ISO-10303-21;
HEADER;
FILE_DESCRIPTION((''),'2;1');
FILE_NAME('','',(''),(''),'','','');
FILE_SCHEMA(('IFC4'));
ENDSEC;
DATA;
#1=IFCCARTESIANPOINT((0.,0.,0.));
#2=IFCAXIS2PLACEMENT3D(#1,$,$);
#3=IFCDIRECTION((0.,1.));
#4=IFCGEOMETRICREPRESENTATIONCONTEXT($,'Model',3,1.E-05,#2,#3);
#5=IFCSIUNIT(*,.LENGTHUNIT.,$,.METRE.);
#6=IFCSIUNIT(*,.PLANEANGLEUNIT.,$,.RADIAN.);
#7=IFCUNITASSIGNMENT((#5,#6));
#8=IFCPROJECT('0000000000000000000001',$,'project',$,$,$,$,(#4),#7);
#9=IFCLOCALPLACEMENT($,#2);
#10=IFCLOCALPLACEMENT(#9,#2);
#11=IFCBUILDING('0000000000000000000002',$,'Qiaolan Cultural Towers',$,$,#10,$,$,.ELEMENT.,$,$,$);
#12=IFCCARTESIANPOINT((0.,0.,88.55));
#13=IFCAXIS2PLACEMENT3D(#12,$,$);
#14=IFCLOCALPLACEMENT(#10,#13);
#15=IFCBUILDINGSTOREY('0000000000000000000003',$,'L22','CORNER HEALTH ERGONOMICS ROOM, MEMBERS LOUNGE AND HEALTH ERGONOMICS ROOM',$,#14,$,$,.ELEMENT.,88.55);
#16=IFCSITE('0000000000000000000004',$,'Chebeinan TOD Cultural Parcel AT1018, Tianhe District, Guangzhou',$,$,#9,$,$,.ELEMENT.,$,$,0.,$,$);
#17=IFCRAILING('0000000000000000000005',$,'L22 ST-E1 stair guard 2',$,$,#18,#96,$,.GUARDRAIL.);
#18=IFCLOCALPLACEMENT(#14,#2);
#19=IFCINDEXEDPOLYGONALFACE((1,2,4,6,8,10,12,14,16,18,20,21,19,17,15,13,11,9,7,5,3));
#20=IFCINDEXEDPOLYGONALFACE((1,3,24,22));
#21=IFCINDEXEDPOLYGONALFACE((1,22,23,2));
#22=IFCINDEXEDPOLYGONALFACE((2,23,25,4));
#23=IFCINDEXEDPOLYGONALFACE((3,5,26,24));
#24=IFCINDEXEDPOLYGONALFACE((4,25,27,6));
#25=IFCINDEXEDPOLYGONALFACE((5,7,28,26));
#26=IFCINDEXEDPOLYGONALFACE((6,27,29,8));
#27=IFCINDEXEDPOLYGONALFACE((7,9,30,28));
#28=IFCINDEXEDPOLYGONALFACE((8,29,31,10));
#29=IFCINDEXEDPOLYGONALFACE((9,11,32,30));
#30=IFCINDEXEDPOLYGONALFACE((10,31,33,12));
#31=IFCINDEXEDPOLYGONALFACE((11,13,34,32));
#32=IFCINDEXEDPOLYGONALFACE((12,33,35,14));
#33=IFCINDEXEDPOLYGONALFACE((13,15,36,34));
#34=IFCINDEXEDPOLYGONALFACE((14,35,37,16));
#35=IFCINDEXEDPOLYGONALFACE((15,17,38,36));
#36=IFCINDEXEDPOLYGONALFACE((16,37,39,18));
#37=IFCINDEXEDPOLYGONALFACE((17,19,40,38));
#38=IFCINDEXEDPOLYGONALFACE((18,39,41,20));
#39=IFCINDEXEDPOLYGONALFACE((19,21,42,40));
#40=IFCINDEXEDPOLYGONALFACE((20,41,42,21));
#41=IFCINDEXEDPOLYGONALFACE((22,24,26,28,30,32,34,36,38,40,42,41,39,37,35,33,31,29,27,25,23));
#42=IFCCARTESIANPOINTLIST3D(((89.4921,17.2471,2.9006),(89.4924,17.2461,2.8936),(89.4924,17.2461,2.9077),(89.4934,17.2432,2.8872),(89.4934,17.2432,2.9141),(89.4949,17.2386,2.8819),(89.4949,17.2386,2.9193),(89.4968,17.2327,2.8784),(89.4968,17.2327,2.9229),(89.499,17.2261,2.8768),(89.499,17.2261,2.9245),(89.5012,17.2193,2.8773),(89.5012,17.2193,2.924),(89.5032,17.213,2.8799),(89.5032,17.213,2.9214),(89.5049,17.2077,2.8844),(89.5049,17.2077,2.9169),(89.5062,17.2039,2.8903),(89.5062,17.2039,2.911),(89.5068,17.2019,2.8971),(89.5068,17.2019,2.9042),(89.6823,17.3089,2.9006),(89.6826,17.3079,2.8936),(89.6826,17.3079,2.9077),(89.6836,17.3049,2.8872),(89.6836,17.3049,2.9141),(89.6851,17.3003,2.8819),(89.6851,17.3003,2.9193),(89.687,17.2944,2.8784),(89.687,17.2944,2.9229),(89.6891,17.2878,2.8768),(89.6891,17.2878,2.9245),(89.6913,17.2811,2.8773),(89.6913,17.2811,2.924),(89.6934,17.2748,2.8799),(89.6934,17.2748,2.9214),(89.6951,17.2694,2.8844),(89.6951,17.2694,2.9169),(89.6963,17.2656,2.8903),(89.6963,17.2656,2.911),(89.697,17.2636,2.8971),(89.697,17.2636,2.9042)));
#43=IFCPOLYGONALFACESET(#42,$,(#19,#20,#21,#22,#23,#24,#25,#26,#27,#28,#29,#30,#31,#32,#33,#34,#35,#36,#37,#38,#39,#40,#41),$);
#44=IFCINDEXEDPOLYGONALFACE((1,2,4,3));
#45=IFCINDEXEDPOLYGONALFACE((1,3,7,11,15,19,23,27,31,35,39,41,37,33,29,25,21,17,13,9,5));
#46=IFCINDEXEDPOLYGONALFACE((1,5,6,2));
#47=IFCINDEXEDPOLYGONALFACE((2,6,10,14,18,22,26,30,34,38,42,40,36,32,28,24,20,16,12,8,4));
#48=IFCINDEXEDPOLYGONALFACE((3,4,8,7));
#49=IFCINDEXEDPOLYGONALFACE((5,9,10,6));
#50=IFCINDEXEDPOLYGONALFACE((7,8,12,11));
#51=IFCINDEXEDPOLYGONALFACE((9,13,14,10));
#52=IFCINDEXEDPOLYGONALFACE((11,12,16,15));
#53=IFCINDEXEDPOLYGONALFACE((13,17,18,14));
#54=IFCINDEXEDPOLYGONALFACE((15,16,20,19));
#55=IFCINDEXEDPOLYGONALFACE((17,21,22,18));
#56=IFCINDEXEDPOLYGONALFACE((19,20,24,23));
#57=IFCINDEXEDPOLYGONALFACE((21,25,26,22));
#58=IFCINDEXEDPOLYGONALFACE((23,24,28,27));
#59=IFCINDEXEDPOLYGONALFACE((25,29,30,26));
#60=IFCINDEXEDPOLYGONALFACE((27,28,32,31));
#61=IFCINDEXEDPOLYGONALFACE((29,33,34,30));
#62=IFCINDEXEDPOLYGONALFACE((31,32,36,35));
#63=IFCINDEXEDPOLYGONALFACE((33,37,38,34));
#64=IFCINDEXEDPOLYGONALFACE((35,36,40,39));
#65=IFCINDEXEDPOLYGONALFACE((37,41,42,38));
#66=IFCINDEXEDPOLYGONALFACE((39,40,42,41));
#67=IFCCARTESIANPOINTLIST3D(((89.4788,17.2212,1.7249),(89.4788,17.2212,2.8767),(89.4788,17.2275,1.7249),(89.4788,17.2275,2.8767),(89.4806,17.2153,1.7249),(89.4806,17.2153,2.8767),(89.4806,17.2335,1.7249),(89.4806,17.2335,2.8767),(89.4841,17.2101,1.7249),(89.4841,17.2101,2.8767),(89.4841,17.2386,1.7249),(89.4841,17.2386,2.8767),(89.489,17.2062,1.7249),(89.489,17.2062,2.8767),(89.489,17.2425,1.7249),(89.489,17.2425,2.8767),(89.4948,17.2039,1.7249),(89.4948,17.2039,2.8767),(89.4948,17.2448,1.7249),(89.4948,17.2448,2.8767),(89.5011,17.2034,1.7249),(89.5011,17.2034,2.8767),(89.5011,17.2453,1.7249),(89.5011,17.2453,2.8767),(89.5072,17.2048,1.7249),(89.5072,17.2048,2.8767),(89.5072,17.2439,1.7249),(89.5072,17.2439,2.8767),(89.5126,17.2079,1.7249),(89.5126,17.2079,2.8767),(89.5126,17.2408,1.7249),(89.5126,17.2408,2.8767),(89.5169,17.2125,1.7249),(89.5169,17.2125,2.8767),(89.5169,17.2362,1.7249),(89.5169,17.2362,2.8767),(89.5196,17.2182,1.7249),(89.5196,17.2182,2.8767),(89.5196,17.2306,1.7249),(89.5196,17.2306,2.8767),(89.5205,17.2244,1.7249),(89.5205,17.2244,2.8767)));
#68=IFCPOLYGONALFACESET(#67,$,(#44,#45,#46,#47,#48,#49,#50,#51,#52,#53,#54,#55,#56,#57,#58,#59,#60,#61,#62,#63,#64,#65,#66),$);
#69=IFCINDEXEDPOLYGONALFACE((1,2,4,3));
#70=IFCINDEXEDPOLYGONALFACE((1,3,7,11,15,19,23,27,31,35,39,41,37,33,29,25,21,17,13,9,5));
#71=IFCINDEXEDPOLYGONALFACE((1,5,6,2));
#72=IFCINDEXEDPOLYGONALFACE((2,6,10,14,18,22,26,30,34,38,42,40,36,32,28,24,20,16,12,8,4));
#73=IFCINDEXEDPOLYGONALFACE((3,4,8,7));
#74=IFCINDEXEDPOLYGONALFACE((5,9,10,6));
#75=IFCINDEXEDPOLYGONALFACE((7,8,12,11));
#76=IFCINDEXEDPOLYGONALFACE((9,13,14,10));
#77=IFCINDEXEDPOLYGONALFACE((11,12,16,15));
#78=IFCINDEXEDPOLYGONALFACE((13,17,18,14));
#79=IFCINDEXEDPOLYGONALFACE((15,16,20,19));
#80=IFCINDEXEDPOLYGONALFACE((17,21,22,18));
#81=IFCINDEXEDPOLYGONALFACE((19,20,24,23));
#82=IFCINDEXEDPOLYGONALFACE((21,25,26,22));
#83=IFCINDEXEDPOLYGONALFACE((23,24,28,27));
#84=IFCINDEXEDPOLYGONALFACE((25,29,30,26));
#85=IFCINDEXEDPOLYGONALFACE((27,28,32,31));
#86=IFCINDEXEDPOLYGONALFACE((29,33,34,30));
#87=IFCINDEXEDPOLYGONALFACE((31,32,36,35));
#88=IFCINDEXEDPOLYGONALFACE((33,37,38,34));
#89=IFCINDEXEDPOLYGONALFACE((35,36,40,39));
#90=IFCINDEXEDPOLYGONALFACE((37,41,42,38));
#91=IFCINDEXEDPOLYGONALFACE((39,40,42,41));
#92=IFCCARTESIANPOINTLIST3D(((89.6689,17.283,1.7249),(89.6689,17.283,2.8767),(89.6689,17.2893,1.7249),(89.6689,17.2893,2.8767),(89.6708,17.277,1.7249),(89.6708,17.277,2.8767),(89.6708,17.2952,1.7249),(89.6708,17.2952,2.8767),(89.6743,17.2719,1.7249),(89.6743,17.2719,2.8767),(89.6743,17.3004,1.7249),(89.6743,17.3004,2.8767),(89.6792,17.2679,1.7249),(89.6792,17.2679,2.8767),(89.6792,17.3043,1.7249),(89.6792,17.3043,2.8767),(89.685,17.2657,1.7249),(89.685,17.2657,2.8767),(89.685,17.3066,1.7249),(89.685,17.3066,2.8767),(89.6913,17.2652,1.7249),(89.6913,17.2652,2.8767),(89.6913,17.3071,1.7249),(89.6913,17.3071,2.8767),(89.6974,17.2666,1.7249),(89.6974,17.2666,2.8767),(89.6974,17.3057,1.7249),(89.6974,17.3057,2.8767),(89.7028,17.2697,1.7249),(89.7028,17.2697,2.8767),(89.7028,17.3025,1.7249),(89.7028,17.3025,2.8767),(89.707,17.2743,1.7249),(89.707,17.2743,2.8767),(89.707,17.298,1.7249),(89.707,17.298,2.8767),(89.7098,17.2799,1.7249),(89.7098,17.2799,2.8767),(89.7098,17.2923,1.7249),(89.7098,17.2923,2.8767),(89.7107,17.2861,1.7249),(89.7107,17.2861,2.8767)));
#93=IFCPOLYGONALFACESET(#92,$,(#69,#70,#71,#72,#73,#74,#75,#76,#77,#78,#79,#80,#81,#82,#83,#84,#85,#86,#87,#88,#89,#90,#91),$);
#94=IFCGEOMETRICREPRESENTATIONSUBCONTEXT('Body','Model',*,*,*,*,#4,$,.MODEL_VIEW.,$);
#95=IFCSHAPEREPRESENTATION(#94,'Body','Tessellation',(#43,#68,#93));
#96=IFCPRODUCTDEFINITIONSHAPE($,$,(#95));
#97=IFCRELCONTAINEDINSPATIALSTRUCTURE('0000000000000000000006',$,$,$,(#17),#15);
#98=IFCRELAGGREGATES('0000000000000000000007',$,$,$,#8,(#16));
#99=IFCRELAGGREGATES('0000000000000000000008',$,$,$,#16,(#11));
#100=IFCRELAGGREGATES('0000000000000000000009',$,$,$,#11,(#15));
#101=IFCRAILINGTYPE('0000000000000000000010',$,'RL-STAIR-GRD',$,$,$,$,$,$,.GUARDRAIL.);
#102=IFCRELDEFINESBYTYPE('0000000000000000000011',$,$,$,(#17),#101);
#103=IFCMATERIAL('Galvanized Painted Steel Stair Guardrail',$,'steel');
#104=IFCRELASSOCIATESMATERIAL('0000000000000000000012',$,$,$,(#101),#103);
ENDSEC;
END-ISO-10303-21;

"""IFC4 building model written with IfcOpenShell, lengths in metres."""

from ifc_helpers import new_model, si_unit, direction, frame, origin, origin_2d, place, context, subcontext, project, spatial, circle, extrude, material, type_object, element, save


model = new_model("IFC4")

# Units and contexts
model_context = context("Model", 3, precision=1e-05, world=origin(), true_north=direction((0.0, 1.0)))
body_context = subcontext(model_context, "Body", "Model", "MODEL_VIEW")
ifc_project = project(units=[si_unit("LENGTHUNIT", "METRE"), si_unit("PLANEANGLEUNIT", "RADIAN")], contexts=[model_context])

# Site, building, storey
site_placement = place(None, origin())
site = spatial("IfcSite", under=ifc_project, at=site_placement, Name="Chebeinan TOD Cultural Parcel AT1018, Tianhe District, Guangzhou", CompositionType="ELEMENT", RefElevation=0.0)
building_placement = place(site_placement, origin())
building = spatial("IfcBuilding", under=site, at=building_placement, Name="Qiaolan Cultural Towers", CompositionType="ELEMENT")
storey_placement = place(building_placement, frame((0.0, 0.0, 88.55)))
storey = spatial("IfcBuildingStorey", under=building, at=storey_placement, Name="L22", Description="CORNER HEALTH ERGONOMICS ROOM, MEMBERS LOUNGE AND HEALTH ERGONOMICS ROOM", CompositionType="ELEMENT", Elevation=88.55)

# Railing
ifc_material_1 = material(Name="Galvanized Painted Steel Stair Guardrail", Category="steel")
railing_type_1 = type_object("IfcRailingType", Name="RL-STAIR-GRD", PredefinedType="GUARDRAIL", material=ifc_material_1)
railing_1_placement = place(storey_placement, frame((89.4995, 17.2244, 1.7249)))
element("IfcRailing", 1, at=railing_1_placement, inside=storey, type_object=railing_type_1, Name="L22 ST-E1 stair guard 2", PredefinedType="GUARDRAIL", context=body_context, shape_type="SweptSolid", body=[
    extrude(circle(Radius=0.0239, at=origin_2d()), frame((0.0, 0.0, 1.1758), z_axis=(0.951097, 0.308893, 0.0), x_axis=(-0.308893, 0.951097, 0.0)), (0.0, 0.0, 1.0), 0.2),
    extrude(circle(Radius=0.021, at=origin_2d()), origin(), (0.0, 0.0, 1.0), 1.1519),
    extrude(circle(Radius=0.021, at=origin_2d()), frame((0.1902, 0.0618, 0.0)), (0.0, 0.0, 1.0), 1.1519),
])

save(model, "model.ifc")
